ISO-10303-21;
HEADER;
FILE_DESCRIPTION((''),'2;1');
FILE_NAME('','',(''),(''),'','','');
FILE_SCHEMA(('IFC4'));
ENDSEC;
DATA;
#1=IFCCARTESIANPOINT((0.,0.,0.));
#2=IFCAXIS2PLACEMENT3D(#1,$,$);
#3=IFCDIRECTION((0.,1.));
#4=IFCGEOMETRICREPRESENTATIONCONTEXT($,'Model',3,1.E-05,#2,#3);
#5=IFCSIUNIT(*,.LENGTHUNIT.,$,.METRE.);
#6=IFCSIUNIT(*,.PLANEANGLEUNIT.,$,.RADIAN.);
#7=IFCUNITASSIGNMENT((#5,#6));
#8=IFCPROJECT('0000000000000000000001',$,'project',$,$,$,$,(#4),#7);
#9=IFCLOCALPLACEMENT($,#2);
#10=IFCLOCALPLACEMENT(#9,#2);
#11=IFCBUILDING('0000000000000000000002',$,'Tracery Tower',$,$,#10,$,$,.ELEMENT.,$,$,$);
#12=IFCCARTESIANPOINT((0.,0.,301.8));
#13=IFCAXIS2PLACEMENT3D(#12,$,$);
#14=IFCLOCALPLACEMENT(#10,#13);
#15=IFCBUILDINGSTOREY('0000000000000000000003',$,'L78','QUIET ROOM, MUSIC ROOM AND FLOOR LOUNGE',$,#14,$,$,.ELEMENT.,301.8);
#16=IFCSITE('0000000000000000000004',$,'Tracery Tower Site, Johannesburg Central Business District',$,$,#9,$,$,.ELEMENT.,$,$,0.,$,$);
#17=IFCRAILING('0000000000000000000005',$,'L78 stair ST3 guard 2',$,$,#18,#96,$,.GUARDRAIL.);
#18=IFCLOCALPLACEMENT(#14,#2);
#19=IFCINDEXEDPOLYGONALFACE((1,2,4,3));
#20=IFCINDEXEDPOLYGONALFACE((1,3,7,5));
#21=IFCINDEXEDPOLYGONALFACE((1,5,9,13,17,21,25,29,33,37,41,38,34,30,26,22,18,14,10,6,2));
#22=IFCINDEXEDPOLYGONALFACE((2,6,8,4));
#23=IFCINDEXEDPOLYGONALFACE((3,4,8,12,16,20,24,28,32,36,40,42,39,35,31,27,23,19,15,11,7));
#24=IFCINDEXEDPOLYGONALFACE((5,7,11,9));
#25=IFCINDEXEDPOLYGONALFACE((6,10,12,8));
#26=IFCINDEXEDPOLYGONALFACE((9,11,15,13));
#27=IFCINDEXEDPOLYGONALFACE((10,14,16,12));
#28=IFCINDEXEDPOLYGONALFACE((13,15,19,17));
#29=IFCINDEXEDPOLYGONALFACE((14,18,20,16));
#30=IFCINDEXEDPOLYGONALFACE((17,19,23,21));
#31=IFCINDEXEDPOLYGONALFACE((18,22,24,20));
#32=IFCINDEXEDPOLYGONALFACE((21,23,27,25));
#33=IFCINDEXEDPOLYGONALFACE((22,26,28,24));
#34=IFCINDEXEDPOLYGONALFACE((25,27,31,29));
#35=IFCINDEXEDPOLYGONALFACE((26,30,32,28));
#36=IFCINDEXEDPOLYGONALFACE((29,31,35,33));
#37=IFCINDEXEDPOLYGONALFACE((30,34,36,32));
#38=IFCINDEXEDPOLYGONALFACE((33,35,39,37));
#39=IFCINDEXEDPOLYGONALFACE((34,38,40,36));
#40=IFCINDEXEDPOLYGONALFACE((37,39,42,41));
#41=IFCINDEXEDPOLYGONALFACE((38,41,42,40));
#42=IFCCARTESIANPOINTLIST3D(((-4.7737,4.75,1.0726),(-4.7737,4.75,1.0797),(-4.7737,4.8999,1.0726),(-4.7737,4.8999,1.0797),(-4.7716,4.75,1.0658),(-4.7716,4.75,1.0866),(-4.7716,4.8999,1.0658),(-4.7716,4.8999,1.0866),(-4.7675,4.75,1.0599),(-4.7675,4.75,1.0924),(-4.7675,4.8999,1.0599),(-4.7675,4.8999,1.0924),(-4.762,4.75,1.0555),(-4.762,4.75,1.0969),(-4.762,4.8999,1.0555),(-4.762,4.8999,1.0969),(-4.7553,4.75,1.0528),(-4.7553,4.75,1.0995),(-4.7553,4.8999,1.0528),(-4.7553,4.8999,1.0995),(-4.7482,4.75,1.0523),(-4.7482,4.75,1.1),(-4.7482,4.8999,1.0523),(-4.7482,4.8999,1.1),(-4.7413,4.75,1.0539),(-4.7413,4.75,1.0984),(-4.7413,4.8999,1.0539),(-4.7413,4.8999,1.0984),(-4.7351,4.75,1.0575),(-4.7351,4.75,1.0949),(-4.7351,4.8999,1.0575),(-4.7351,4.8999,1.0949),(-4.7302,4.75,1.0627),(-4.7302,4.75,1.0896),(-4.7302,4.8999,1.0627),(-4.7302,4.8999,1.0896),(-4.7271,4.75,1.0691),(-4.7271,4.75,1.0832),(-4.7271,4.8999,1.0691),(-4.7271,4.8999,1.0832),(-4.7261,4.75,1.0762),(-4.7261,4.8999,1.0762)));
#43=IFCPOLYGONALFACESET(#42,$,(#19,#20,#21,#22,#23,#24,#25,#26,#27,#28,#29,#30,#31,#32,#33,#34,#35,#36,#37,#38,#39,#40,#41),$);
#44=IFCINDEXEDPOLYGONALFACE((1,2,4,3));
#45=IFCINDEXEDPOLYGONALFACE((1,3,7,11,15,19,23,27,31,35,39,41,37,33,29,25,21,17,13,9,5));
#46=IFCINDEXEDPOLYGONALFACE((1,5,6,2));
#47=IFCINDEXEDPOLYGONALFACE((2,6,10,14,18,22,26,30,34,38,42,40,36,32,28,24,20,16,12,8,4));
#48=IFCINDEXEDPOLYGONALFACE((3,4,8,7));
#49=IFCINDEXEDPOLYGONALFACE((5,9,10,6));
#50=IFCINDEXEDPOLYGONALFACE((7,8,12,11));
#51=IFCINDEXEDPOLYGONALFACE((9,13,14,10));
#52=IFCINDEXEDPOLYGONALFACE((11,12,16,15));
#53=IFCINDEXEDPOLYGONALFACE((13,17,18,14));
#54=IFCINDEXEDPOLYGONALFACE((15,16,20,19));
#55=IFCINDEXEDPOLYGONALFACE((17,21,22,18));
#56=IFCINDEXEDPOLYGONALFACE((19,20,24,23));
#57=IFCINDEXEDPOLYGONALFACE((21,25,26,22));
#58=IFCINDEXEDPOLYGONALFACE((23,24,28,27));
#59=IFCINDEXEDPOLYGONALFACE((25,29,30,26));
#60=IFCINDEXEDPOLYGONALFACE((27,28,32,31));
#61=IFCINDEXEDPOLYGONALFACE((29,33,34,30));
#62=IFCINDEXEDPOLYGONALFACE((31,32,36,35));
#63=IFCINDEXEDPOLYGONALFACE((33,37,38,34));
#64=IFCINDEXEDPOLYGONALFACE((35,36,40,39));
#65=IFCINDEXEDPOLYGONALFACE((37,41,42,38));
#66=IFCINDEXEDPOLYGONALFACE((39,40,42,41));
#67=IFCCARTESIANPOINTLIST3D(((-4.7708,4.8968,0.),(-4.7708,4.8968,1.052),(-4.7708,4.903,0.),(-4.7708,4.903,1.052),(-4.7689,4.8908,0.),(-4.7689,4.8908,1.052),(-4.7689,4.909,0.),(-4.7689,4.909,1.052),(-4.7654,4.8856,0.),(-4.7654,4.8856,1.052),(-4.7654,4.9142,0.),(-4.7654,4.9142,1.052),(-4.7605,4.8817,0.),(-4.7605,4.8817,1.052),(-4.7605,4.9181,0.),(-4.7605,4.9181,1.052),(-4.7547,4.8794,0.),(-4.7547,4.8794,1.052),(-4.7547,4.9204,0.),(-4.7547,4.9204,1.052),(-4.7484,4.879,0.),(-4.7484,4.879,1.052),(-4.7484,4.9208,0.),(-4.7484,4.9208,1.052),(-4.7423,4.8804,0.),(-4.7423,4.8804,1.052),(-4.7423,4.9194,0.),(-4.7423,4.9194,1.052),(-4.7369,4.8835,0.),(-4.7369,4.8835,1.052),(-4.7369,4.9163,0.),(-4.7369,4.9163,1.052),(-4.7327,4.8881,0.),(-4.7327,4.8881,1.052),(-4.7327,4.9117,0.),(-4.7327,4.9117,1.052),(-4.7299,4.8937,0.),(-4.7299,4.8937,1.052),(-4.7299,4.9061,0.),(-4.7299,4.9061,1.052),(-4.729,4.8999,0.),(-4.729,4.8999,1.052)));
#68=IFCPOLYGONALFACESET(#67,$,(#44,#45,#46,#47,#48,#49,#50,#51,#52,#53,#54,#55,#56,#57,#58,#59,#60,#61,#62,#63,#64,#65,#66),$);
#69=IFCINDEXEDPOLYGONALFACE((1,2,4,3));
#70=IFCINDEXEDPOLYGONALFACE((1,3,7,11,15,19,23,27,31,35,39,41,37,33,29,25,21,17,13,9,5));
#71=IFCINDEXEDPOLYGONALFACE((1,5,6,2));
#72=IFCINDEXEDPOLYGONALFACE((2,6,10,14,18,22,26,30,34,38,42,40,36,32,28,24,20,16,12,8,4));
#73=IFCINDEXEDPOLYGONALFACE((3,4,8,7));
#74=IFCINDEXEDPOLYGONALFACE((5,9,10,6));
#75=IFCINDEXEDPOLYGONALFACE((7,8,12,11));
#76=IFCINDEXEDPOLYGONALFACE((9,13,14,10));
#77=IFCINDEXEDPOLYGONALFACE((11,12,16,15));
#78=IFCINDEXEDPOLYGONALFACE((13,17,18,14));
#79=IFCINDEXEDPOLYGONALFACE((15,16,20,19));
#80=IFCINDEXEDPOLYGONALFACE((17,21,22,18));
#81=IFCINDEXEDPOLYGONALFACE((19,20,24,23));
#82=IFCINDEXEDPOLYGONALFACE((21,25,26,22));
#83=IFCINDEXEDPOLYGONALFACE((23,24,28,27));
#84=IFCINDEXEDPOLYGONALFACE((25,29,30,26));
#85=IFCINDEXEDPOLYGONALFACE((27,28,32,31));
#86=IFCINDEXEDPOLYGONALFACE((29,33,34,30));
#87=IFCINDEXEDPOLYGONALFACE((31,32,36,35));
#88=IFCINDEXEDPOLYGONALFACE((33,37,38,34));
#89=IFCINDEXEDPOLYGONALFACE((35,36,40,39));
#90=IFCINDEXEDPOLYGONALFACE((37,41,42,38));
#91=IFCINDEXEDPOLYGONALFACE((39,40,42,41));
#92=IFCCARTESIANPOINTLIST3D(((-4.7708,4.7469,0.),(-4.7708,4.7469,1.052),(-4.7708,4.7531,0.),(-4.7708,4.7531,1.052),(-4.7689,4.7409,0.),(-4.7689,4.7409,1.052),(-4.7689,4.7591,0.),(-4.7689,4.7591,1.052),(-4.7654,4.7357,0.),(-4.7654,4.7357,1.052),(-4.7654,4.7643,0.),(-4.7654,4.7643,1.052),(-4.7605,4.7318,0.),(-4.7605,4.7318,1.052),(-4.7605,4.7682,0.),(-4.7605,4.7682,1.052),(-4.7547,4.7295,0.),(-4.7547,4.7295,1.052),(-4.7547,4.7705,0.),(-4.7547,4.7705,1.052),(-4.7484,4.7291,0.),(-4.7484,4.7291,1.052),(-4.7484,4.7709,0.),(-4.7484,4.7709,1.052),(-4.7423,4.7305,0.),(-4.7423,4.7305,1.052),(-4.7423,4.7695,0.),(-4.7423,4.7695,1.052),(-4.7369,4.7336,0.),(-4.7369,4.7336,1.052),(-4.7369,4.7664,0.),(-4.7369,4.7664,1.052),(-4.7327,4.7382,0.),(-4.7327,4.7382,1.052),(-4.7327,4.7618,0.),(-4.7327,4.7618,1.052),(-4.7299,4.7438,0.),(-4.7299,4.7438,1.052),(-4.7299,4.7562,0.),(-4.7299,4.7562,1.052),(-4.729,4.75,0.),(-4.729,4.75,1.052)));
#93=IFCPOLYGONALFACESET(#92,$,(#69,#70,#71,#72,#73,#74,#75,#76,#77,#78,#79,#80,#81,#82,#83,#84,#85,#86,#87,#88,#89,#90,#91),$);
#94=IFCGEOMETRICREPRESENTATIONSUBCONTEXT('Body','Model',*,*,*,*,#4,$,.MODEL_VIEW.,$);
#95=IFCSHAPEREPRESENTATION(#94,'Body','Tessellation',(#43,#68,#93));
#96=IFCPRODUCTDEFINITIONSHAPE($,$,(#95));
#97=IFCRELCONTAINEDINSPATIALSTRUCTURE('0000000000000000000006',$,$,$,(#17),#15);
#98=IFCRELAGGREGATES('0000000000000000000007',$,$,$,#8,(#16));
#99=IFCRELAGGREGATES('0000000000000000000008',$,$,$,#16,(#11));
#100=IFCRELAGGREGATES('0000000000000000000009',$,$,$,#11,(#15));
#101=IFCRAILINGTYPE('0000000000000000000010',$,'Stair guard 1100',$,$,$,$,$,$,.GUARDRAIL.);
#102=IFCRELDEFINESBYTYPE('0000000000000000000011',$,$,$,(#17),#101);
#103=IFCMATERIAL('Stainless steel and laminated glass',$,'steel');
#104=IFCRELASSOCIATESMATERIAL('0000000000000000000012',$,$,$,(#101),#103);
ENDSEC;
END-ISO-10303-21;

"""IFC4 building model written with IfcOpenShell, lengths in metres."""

from ifc_helpers import new_model, si_unit, direction, frame, origin, origin_2d, place, context, subcontext, project, spatial, circle, extrude, material, type_object, element, save


model = new_model("IFC4")

# Units and contexts
model_context = context("Model", 3, precision=1e-05, world=origin(), true_north=direction((0.0, 1.0)))
body_context = subcontext(model_context, "Body", "Model", "MODEL_VIEW")
ifc_project = project(units=[si_unit("LENGTHUNIT", "METRE"), si_unit("PLANEANGLEUNIT", "RADIAN")], contexts=[model_context])

# Site, building, storey
site_placement = place(None, origin())
site = spatial("IfcSite", under=ifc_project, at=site_placement, Name="Tracery Tower Site, Johannesburg Central Business District", CompositionType="ELEMENT", RefElevation=0.0)
building_placement = place(site_placement, origin())
building = spatial("IfcBuilding", under=site, at=building_placement, Name="Tracery Tower", CompositionType="ELEMENT")
storey_placement = place(building_placement, frame((0.0, 0.0, 301.8)))
storey = spatial("IfcBuildingStorey", under=building, at=storey_placement, Name="L78", Description="QUIET ROOM, MUSIC ROOM AND FLOOR LOUNGE", CompositionType="ELEMENT", Elevation=301.8)

# Railing
ifc_material_1 = material(Name="Stainless steel and laminated glass", Category="steel")
railing_type_1 = type_object("IfcRailingType", Name="Stair guard 1100", PredefinedType="GUARDRAIL", material=ifc_material_1)
railing_1_placement = place(storey_placement, frame((-4.75, 4.8999, 0.0)))
element("IfcRailing", 1, at=railing_1_placement, inside=storey, type_object=railing_type_1, Name="L78 stair ST3 guard 2", PredefinedType="GUARDRAIL", context=body_context, shape_type="SweptSolid", body=[
    extrude(circle(Radius=0.0239, at=origin_2d()), frame((0.0, 0.0, 1.0762), z_axis=(0.0, -1.0, 0.0), x_axis=(1.0, 0.0, 0.0)), (0.0, 0.0, 1.0), 0.1499),
    extrude(circle(Radius=0.021, at=origin_2d()), origin(), (0.0, 0.0, 1.0), 1.052),
    extrude(circle(Radius=0.021, at=origin_2d()), frame((0.0, -0.1499, 0.0)), (0.0, 0.0, 1.0), 1.052),
])

save(model, "model.ifc")
